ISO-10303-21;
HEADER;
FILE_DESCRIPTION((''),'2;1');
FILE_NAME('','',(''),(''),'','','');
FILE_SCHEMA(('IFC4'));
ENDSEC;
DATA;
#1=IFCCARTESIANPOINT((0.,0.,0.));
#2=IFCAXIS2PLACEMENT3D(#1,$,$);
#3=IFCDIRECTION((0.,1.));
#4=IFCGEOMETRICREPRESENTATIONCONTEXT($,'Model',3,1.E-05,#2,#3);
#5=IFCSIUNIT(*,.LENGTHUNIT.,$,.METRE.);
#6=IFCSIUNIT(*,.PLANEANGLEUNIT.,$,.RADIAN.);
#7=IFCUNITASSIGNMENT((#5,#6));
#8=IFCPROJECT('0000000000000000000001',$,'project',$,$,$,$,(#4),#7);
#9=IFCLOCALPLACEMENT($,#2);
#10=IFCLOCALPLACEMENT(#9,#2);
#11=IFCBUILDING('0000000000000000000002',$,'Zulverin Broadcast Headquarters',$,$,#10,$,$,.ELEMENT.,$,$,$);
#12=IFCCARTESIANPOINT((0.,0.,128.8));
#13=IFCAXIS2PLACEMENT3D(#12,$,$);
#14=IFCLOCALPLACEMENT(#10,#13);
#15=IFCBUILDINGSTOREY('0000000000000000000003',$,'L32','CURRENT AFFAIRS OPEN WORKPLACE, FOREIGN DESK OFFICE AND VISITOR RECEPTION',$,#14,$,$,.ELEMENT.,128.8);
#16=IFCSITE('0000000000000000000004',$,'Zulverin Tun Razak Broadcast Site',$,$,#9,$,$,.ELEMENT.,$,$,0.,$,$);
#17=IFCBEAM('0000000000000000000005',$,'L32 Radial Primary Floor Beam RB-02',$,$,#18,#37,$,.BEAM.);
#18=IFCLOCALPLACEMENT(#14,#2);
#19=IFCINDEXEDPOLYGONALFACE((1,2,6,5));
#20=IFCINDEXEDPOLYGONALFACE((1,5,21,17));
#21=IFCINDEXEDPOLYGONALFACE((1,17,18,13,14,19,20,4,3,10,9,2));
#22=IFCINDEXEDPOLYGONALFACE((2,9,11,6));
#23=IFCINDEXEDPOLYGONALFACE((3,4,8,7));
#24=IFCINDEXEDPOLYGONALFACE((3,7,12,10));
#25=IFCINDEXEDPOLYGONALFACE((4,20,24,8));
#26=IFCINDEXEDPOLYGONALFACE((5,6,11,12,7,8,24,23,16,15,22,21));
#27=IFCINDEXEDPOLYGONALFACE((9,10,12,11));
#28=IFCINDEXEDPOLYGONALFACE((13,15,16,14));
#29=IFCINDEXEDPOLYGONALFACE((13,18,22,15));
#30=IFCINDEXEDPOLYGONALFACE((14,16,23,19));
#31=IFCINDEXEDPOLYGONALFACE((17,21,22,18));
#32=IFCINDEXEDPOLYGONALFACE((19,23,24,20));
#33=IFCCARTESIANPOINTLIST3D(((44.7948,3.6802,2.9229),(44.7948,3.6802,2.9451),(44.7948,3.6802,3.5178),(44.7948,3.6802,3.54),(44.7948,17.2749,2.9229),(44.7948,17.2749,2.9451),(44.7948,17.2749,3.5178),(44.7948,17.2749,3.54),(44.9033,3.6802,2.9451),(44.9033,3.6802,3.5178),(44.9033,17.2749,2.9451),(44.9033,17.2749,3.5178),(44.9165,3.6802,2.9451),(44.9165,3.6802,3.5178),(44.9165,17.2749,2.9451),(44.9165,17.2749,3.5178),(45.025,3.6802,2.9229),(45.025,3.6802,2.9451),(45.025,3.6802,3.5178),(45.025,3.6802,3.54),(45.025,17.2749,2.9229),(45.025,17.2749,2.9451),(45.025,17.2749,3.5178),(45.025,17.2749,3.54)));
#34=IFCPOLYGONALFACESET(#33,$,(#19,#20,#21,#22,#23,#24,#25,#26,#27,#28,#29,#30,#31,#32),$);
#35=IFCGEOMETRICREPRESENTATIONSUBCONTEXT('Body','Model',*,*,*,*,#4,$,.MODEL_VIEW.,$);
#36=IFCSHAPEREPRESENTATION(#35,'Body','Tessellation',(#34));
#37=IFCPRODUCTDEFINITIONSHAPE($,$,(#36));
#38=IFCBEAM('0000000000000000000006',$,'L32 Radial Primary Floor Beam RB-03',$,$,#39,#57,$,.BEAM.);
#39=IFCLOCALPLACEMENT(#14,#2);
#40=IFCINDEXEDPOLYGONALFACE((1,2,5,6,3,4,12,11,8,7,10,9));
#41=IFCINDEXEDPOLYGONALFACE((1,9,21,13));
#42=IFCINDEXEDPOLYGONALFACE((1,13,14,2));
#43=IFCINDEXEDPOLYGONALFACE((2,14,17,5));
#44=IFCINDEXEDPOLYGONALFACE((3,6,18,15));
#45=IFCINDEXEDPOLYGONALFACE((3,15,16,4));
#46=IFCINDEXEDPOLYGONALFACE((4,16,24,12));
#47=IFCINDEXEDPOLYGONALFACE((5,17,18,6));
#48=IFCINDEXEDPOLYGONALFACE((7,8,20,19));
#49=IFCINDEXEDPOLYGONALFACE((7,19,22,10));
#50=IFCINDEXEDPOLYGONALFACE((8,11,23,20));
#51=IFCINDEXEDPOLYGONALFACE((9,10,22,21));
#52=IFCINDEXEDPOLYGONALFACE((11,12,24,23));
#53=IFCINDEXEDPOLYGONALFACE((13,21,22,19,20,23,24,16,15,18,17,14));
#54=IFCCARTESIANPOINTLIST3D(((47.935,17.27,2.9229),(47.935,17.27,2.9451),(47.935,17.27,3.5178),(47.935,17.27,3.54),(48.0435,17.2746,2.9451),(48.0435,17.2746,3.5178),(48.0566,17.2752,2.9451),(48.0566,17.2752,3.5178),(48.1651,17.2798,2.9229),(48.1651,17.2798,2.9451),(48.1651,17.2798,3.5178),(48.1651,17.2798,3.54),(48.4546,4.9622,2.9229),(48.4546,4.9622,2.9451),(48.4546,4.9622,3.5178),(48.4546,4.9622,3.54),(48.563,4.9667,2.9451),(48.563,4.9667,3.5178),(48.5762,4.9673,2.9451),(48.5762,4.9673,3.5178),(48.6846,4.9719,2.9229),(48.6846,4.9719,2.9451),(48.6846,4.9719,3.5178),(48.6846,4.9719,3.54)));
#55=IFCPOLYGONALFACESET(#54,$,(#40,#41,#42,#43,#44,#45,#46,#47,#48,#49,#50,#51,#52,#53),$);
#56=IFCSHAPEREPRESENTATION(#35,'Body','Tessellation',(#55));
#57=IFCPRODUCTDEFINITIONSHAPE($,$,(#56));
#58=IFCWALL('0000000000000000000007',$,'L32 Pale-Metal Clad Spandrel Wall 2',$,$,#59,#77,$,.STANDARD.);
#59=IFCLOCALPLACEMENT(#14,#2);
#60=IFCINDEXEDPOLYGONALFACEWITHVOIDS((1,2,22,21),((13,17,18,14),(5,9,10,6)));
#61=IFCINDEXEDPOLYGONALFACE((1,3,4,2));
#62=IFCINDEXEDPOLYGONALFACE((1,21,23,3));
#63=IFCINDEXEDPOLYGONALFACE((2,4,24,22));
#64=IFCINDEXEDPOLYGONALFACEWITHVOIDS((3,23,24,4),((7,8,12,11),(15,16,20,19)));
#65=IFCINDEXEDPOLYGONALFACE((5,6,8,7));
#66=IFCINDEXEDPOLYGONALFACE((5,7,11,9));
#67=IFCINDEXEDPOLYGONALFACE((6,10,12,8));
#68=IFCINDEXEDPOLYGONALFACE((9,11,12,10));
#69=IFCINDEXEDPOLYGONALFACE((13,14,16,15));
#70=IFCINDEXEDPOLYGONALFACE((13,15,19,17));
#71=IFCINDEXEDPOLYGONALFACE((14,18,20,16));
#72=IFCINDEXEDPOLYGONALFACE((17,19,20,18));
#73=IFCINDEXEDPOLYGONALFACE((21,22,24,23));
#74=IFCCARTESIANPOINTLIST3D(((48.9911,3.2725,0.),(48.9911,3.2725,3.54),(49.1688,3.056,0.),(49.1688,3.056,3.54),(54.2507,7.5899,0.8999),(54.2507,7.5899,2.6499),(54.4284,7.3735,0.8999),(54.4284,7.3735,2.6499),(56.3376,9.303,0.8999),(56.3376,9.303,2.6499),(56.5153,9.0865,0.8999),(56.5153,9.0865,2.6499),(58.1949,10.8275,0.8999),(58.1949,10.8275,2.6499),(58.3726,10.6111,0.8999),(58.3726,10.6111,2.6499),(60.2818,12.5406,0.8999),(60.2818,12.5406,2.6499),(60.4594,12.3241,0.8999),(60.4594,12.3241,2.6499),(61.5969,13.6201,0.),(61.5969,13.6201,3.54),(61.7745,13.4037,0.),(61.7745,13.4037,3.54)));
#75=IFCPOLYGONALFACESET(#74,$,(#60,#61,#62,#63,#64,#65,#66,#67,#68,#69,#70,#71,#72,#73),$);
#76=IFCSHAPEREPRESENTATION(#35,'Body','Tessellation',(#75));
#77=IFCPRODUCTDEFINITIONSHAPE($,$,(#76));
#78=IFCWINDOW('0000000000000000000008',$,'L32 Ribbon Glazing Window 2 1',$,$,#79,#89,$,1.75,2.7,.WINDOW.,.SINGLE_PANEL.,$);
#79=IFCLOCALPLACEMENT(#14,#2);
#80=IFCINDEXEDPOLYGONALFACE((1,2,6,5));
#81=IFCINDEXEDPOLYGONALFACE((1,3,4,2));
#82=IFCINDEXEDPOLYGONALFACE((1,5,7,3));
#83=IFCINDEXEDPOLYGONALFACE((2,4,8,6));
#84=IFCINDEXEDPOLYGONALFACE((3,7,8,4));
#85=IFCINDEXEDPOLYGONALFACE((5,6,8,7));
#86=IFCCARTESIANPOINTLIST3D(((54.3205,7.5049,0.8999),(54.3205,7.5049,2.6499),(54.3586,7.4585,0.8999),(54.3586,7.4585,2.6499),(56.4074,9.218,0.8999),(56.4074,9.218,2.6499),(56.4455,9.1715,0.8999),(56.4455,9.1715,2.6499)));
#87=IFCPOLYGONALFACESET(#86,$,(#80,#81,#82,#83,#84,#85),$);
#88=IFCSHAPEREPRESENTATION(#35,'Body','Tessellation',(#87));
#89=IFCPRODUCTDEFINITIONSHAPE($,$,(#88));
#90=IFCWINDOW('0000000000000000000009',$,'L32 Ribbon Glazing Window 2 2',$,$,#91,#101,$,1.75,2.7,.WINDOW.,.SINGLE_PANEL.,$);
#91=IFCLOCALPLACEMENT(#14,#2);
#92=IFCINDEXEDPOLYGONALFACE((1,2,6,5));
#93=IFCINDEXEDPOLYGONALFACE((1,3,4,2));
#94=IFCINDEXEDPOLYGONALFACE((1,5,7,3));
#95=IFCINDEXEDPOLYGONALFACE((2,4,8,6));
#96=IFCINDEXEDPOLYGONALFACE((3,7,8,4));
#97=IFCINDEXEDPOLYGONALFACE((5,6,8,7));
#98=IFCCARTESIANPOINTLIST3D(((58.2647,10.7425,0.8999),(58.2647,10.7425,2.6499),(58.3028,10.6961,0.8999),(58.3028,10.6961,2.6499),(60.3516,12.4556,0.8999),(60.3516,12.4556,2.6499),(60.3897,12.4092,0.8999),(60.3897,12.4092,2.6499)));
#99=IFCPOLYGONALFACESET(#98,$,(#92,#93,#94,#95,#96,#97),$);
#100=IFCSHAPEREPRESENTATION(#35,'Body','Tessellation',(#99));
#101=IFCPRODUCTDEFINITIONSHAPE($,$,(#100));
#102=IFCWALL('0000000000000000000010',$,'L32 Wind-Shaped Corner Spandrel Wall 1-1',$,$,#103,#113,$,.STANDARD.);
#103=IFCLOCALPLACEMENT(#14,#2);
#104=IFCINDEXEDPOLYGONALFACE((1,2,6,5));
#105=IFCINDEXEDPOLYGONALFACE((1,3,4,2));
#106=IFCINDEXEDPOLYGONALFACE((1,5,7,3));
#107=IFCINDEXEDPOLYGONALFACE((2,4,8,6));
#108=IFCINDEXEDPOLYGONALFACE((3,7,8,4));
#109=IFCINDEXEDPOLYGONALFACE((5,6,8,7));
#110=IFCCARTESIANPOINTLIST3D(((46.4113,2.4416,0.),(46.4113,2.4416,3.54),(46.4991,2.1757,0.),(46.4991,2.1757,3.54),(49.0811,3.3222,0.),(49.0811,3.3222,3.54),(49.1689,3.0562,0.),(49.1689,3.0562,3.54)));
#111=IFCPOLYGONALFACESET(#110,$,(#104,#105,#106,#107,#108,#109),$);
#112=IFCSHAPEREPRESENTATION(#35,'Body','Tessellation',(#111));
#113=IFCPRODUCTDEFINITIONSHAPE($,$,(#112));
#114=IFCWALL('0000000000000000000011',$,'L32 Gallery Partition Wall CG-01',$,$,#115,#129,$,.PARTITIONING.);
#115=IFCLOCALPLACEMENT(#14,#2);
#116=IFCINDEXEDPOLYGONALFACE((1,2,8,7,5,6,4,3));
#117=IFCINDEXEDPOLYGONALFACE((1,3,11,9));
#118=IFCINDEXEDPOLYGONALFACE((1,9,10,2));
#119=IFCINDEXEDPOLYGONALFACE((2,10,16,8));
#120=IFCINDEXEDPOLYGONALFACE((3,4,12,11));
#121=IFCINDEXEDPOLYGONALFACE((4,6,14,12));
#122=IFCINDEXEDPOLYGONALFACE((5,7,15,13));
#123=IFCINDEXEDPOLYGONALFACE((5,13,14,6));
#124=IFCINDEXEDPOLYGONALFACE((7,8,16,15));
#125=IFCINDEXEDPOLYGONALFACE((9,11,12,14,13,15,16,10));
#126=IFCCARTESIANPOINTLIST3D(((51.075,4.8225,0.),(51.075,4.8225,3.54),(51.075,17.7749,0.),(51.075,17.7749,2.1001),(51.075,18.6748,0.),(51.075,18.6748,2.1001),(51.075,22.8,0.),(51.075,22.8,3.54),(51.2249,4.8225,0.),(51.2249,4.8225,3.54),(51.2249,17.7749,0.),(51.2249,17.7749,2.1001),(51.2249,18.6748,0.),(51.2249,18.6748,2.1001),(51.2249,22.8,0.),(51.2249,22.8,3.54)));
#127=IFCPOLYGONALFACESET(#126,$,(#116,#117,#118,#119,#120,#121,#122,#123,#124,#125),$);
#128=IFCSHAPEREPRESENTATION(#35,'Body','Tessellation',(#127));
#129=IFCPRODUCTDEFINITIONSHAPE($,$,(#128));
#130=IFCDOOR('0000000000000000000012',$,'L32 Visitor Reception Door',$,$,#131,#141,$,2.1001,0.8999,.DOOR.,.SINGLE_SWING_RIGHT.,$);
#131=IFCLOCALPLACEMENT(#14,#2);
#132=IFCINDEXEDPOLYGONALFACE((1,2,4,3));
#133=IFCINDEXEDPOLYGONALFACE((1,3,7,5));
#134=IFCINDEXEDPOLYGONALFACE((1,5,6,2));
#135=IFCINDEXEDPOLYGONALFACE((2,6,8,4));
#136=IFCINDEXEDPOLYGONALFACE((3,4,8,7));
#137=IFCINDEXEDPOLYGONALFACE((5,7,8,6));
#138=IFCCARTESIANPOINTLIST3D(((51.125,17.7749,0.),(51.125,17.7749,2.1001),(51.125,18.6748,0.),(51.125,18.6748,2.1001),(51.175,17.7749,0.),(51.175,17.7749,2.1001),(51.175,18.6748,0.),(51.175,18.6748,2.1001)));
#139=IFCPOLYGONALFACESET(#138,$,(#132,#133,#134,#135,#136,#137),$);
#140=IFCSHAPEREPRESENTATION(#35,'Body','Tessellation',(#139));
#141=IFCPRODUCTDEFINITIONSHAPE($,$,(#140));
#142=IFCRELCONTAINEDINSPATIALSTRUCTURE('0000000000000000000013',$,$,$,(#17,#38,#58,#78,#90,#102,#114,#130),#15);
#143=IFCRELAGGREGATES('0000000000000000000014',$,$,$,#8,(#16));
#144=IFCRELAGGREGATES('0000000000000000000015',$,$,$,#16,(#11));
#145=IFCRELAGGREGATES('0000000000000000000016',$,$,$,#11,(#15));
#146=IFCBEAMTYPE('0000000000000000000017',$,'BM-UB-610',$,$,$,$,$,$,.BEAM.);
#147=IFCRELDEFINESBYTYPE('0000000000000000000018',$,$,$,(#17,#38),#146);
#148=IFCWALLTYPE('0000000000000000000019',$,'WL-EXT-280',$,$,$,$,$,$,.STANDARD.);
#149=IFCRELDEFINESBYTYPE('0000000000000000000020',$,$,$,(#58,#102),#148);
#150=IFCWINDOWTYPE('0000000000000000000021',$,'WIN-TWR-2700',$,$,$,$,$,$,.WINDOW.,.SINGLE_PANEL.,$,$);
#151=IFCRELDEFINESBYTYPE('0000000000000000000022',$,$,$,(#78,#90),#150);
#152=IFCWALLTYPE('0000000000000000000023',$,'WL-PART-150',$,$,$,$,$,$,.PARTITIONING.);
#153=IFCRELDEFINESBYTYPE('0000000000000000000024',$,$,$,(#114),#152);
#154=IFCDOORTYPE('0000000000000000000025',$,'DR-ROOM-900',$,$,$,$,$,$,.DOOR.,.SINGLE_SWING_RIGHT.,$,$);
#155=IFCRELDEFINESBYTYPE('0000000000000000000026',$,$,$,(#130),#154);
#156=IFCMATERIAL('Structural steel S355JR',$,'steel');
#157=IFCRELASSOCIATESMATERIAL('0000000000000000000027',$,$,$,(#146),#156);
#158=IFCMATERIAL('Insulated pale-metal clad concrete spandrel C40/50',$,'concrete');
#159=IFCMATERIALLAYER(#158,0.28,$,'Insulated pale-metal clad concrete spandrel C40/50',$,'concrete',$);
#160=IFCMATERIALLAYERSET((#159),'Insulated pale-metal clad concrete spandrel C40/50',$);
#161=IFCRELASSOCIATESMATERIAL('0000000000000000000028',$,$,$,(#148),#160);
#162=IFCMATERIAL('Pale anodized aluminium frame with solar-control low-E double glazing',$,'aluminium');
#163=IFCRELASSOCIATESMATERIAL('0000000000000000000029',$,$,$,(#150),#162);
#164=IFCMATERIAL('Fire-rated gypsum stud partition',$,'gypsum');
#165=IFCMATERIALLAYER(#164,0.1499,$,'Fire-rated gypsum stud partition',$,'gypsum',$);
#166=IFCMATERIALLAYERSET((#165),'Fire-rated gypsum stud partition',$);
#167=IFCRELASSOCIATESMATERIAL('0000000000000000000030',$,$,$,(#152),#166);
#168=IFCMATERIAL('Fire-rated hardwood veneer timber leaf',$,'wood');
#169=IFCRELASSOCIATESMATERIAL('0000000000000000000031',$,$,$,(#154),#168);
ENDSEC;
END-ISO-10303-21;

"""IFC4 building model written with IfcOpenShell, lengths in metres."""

from ifc_helpers import new_model, si_unit, direction, frame, frame_2d, origin, origin_2d, place, context, subcontext, project, spatial, rectangle, i_section, extrude, material, layer, layer_set, material_profile, profile_set, type_object, element, fill, save


model = new_model("IFC4")

# Units and contexts
model_context = context("Model", 3, precision=1e-05, world=origin(), true_north=direction((0.0, 1.0)))
body_context = subcontext(model_context, "Body", "Model", "MODEL_VIEW")
ifc_project = project(units=[si_unit("LENGTHUNIT", "METRE"), si_unit("PLANEANGLEUNIT", "RADIAN")], contexts=[model_context])

# Site, building, storey
site_placement = place(None, origin())
site = spatial("IfcSite", under=ifc_project, at=site_placement, Name="Zulverin Tun Razak Broadcast Site", CompositionType="ELEMENT", RefElevation=0.0)
building_placement = place(site_placement, origin())
building = spatial("IfcBuilding", under=site, at=building_placement, Name="Zulverin Broadcast Headquarters", CompositionType="ELEMENT")
storey_placement = place(building_placement, frame((0.0, 0.0, 128.8)))
storey = spatial("IfcBuildingStorey", under=building, at=storey_placement, Name="L32", Description="CURRENT AFFAIRS OPEN WORKPLACE, FOREIGN DESK OFFICE AND VISITOR RECEPTION", CompositionType="ELEMENT", Elevation=128.8)

# Beams
ifc_material_1 = material(Name="Structural steel S355JR", Category="steel")
ifc_material_profile_1 = material_profile(ifc_material_1, i_section(OverallWidth=0.2302, OverallDepth=0.6172, WebThickness=0.0132, FlangeThickness=0.0222, at=origin_2d()), Name="Structural steel S355JR", Category="steel")
ifc_profile_set_1 = profile_set([ifc_material_profile_1], Name="Structural steel S355JR")
beam_type_1 = type_object("IfcBeamType", Name="BM-UB-610", PredefinedType="BEAM", material=ifc_profile_set_1)
beam_1_placement = place(storey_placement, frame((44.9099, 17.2749, 3.2314), z_axis=(0.0, -1.0, 0.0), x_axis=(1.0, 0.0, 0.0)))
element("IfcBeam", 1, at=beam_1_placement, inside=storey, type_object=beam_type_1, Name="L32 Radial Primary Floor Beam RB-02", PredefinedType="BEAM", context=body_context, shape_type="SweptSolid", body=[
    extrude(i_section(OverallWidth=0.2302, OverallDepth=0.6172, WebThickness=0.0132, FlangeThickness=0.0222, at=origin_2d()), origin(), (0.0, 0.0, 1.0), 13.5947),
])
beam_2_placement = place(storey_placement, frame((48.05, 17.2749, 3.2314), z_axis=(0.042174, -0.99911, 0.0), x_axis=(0.99911, 0.042174, 0.0)))
element("IfcBeam", 2, at=beam_2_placement, inside=storey, type_object=beam_type_1, Name="L32 Radial Primary Floor Beam RB-03", PredefinedType="BEAM", context=body_context, shape_type="SweptSolid", body=[
    extrude(i_section(OverallWidth=0.2302, OverallDepth=0.6172, WebThickness=0.0132, FlangeThickness=0.0222, at=origin_2d()), origin(), (0.0, 0.0, 1.0), 12.3188),
])

# Wall, openings, windows
ifc_material_2 = material(Name="Insulated pale-metal clad concrete spandrel C40/50", Category="concrete")
ifc_layer_1 = layer(ifc_material_2, 0.28, Name="Insulated pale-metal clad concrete spandrel C40/50", Category="concrete")
ifc_layer_set_1 = layer_set([ifc_layer_1], Name="Insulated pale-metal clad concrete spandrel C40/50")
wall_type_1 = type_object("IfcWallType", Name="WL-EXT-280", PredefinedType="STANDARD", material=ifc_layer_set_1)
wall_1_placement = place(storey_placement, frame((49.0801, 3.1643, 0.0), z_axis=(0.0, 0.0, 1.0), x_axis=(0.772938, 0.634482, 0.0)))
wall_1 = element("IfcWall", 3, at=wall_1_placement, inside=storey, type_object=wall_type_1, Name="L32 Pale-Metal Clad Spandrel Wall 2", PredefinedType="STANDARD", context=body_context, shape_type="SweptSolid", body=[
    extrude(rectangle(XDim=16.3088, YDim=0.28, at=frame_2d((8.1543, 0.0))), origin(), (0.0, 0.0, 1.0), 3.54),
])
opening_1_placement = place(wall_1_placement, frame((6.8044, 0.0, 0.8999)))
opening_1 = element("IfcOpeningElement", 4, at=opening_1_placement, cuts=wall_1, PredefinedType="OPENING", context=body_context, shape_type="SweptSolid", body=[
    extrude(rectangle(XDim=2.7, YDim=1.75, at=frame_2d((1.3501, 0.875))), frame((0.0, 0.1499, 0.0), z_axis=(0.0, -1.0, 0.0), x_axis=(1.0, 0.0, 0.0)), (0.0, 0.0, 1.0), 0.3),
])
opening_2_placement = place(wall_1_placement, frame((11.9072, 0.0, 0.8999)))
opening_2 = element("IfcOpeningElement", 5, at=opening_2_placement, cuts=wall_1, PredefinedType="OPENING", context=body_context, shape_type="SweptSolid", body=[
    extrude(rectangle(XDim=2.7, YDim=1.75, at=frame_2d((1.3501, 0.875))), frame((0.0, 0.1499, 0.0), z_axis=(0.0, -1.0, 0.0), x_axis=(1.0, 0.0, 0.0)), (0.0, 0.0, 1.0), 0.3),
])
ifc_material_3 = material(Name="Pale anodized aluminium frame with solar-control low-E double glazing", Category="aluminium")
window_type = type_object("IfcWindowType", Name="WIN-TWR-2700", PartitioningType="SINGLE_PANEL", PredefinedType="WINDOW", material=ifc_material_3)
window_1_placement = place(opening_1_placement, origin())
window_1 = element("IfcWindow", 6, at=window_1_placement, inside=storey, type_object=window_type, Name="L32 Ribbon Glazing Window 2 1", OverallHeight=1.75, OverallWidth=2.7, PartitioningType="SINGLE_PANEL", PredefinedType="WINDOW", context=body_context, shape_type="SweptSolid", body=[
    extrude(rectangle(XDim=2.7, YDim=1.75, at=frame_2d((1.3501, 0.875))), frame((0.0, 0.03, 0.0), z_axis=(0.0, -1.0, 0.0), x_axis=(1.0, 0.0, 0.0)), (0.0, 0.0, 1.0), 0.0601),
])
fill(opening_1, window_1)
window_2_placement = place(opening_2_placement, origin())
window_2 = element("IfcWindow", 7, at=window_2_placement, inside=storey, type_object=window_type, Name="L32 Ribbon Glazing Window 2 2", OverallHeight=1.75, OverallWidth=2.7, PartitioningType="SINGLE_PANEL", PredefinedType="WINDOW", context=body_context, shape_type="SweptSolid", body=[
    extrude(rectangle(XDim=2.7, YDim=1.75, at=frame_2d((1.3501, 0.875))), frame((0.0, 0.03, 0.0), z_axis=(0.0, -1.0, 0.0), x_axis=(1.0, 0.0, 0.0)), (0.0, 0.0, 1.0), 0.0601),
])
fill(opening_2, window_2)

# Wall
wall_2_placement = place(storey_placement, frame((46.4551, 2.3086, 0.0), z_axis=(0.0, 0.0, 1.0), x_axis=(0.949677, 0.31323, 0.0)))
element("IfcWall", 8, at=wall_2_placement, inside=storey, type_object=wall_type_1, Name="L32 Wind-Shaped Corner Spandrel Wall 1-1", PredefinedType="STANDARD", context=body_context, shape_type="SweptSolid", body=[
    extrude(rectangle(XDim=2.8113, YDim=0.28, at=frame_2d((1.4058, 0.0))), origin(), (0.0, 0.0, 1.0), 3.54),
])

# Wall, opening, door
ifc_material_4 = material(Name="Fire-rated gypsum stud partition", Category="gypsum")
ifc_layer_2 = layer(ifc_material_4, 0.1499, Name="Fire-rated gypsum stud partition", Category="gypsum")
ifc_layer_set_2 = layer_set([ifc_layer_2], Name="Fire-rated gypsum stud partition")
wall_type_2 = type_object("IfcWallType", Name="WL-PART-150", PredefinedType="PARTITIONING", material=ifc_layer_set_2)
wall_3_placement = place(storey_placement, frame((51.1499, 4.8225, 0.0), z_axis=(0.0, 0.0, 1.0), x_axis=(0.0, 1.0, 0.0)))
wall_3 = element("IfcWall", 9, at=wall_3_placement, inside=storey, type_object=wall_type_2, Name="L32 Gallery Partition Wall CG-01", PredefinedType="PARTITIONING", context=body_context, shape_type="SweptSolid", body=[
    extrude(rectangle(XDim=17.9775, YDim=0.1499, at=frame_2d((8.9888, 0.0))), origin(), (0.0, 0.0, 1.0), 3.54),
])
opening_3_placement = place(wall_3_placement, frame((12.9524, 0.0, 0.0)))
opening_3 = element("IfcOpeningElement", 10, at=opening_3_placement, cuts=wall_3, PredefinedType="OPENING", context=body_context, shape_type="SweptSolid", body=[
    extrude(rectangle(XDim=0.8999, YDim=2.1001, at=frame_2d((0.45, 1.05))), frame((0.0, 0.085, 0.0), z_axis=(0.0, -1.0, 0.0), x_axis=(1.0, 0.0, 0.0)), (0.0, 0.0, 1.0), 0.1699),
])
ifc_material_5 = material(Name="Fire-rated hardwood veneer timber leaf", Category="wood")
door_type = type_object("IfcDoorType", Name="DR-ROOM-900", OperationType="SINGLE_SWING_RIGHT", PredefinedType="DOOR", material=ifc_material_5)
door_placement = place(opening_3_placement, origin())
door = element("IfcDoor", 11, at=door_placement, inside=storey, type_object=door_type, Name="L32 Visitor Reception Door", OperationType="SINGLE_SWING_RIGHT", OverallHeight=2.1001, OverallWidth=0.8999, PredefinedType="DOOR", context=body_context, shape_type="SweptSolid", body=[
    extrude(rectangle(XDim=0.8999, YDim=2.1001, at=frame_2d((0.45, 1.05))), frame((0.0, 0.0249, 0.0), z_axis=(0.0, -1.0, 0.0), x_axis=(1.0, 0.0, 0.0)), (0.0, 0.0, 1.0), 0.05),
])
fill(opening_3, door)

save(model, "model.ifc")
